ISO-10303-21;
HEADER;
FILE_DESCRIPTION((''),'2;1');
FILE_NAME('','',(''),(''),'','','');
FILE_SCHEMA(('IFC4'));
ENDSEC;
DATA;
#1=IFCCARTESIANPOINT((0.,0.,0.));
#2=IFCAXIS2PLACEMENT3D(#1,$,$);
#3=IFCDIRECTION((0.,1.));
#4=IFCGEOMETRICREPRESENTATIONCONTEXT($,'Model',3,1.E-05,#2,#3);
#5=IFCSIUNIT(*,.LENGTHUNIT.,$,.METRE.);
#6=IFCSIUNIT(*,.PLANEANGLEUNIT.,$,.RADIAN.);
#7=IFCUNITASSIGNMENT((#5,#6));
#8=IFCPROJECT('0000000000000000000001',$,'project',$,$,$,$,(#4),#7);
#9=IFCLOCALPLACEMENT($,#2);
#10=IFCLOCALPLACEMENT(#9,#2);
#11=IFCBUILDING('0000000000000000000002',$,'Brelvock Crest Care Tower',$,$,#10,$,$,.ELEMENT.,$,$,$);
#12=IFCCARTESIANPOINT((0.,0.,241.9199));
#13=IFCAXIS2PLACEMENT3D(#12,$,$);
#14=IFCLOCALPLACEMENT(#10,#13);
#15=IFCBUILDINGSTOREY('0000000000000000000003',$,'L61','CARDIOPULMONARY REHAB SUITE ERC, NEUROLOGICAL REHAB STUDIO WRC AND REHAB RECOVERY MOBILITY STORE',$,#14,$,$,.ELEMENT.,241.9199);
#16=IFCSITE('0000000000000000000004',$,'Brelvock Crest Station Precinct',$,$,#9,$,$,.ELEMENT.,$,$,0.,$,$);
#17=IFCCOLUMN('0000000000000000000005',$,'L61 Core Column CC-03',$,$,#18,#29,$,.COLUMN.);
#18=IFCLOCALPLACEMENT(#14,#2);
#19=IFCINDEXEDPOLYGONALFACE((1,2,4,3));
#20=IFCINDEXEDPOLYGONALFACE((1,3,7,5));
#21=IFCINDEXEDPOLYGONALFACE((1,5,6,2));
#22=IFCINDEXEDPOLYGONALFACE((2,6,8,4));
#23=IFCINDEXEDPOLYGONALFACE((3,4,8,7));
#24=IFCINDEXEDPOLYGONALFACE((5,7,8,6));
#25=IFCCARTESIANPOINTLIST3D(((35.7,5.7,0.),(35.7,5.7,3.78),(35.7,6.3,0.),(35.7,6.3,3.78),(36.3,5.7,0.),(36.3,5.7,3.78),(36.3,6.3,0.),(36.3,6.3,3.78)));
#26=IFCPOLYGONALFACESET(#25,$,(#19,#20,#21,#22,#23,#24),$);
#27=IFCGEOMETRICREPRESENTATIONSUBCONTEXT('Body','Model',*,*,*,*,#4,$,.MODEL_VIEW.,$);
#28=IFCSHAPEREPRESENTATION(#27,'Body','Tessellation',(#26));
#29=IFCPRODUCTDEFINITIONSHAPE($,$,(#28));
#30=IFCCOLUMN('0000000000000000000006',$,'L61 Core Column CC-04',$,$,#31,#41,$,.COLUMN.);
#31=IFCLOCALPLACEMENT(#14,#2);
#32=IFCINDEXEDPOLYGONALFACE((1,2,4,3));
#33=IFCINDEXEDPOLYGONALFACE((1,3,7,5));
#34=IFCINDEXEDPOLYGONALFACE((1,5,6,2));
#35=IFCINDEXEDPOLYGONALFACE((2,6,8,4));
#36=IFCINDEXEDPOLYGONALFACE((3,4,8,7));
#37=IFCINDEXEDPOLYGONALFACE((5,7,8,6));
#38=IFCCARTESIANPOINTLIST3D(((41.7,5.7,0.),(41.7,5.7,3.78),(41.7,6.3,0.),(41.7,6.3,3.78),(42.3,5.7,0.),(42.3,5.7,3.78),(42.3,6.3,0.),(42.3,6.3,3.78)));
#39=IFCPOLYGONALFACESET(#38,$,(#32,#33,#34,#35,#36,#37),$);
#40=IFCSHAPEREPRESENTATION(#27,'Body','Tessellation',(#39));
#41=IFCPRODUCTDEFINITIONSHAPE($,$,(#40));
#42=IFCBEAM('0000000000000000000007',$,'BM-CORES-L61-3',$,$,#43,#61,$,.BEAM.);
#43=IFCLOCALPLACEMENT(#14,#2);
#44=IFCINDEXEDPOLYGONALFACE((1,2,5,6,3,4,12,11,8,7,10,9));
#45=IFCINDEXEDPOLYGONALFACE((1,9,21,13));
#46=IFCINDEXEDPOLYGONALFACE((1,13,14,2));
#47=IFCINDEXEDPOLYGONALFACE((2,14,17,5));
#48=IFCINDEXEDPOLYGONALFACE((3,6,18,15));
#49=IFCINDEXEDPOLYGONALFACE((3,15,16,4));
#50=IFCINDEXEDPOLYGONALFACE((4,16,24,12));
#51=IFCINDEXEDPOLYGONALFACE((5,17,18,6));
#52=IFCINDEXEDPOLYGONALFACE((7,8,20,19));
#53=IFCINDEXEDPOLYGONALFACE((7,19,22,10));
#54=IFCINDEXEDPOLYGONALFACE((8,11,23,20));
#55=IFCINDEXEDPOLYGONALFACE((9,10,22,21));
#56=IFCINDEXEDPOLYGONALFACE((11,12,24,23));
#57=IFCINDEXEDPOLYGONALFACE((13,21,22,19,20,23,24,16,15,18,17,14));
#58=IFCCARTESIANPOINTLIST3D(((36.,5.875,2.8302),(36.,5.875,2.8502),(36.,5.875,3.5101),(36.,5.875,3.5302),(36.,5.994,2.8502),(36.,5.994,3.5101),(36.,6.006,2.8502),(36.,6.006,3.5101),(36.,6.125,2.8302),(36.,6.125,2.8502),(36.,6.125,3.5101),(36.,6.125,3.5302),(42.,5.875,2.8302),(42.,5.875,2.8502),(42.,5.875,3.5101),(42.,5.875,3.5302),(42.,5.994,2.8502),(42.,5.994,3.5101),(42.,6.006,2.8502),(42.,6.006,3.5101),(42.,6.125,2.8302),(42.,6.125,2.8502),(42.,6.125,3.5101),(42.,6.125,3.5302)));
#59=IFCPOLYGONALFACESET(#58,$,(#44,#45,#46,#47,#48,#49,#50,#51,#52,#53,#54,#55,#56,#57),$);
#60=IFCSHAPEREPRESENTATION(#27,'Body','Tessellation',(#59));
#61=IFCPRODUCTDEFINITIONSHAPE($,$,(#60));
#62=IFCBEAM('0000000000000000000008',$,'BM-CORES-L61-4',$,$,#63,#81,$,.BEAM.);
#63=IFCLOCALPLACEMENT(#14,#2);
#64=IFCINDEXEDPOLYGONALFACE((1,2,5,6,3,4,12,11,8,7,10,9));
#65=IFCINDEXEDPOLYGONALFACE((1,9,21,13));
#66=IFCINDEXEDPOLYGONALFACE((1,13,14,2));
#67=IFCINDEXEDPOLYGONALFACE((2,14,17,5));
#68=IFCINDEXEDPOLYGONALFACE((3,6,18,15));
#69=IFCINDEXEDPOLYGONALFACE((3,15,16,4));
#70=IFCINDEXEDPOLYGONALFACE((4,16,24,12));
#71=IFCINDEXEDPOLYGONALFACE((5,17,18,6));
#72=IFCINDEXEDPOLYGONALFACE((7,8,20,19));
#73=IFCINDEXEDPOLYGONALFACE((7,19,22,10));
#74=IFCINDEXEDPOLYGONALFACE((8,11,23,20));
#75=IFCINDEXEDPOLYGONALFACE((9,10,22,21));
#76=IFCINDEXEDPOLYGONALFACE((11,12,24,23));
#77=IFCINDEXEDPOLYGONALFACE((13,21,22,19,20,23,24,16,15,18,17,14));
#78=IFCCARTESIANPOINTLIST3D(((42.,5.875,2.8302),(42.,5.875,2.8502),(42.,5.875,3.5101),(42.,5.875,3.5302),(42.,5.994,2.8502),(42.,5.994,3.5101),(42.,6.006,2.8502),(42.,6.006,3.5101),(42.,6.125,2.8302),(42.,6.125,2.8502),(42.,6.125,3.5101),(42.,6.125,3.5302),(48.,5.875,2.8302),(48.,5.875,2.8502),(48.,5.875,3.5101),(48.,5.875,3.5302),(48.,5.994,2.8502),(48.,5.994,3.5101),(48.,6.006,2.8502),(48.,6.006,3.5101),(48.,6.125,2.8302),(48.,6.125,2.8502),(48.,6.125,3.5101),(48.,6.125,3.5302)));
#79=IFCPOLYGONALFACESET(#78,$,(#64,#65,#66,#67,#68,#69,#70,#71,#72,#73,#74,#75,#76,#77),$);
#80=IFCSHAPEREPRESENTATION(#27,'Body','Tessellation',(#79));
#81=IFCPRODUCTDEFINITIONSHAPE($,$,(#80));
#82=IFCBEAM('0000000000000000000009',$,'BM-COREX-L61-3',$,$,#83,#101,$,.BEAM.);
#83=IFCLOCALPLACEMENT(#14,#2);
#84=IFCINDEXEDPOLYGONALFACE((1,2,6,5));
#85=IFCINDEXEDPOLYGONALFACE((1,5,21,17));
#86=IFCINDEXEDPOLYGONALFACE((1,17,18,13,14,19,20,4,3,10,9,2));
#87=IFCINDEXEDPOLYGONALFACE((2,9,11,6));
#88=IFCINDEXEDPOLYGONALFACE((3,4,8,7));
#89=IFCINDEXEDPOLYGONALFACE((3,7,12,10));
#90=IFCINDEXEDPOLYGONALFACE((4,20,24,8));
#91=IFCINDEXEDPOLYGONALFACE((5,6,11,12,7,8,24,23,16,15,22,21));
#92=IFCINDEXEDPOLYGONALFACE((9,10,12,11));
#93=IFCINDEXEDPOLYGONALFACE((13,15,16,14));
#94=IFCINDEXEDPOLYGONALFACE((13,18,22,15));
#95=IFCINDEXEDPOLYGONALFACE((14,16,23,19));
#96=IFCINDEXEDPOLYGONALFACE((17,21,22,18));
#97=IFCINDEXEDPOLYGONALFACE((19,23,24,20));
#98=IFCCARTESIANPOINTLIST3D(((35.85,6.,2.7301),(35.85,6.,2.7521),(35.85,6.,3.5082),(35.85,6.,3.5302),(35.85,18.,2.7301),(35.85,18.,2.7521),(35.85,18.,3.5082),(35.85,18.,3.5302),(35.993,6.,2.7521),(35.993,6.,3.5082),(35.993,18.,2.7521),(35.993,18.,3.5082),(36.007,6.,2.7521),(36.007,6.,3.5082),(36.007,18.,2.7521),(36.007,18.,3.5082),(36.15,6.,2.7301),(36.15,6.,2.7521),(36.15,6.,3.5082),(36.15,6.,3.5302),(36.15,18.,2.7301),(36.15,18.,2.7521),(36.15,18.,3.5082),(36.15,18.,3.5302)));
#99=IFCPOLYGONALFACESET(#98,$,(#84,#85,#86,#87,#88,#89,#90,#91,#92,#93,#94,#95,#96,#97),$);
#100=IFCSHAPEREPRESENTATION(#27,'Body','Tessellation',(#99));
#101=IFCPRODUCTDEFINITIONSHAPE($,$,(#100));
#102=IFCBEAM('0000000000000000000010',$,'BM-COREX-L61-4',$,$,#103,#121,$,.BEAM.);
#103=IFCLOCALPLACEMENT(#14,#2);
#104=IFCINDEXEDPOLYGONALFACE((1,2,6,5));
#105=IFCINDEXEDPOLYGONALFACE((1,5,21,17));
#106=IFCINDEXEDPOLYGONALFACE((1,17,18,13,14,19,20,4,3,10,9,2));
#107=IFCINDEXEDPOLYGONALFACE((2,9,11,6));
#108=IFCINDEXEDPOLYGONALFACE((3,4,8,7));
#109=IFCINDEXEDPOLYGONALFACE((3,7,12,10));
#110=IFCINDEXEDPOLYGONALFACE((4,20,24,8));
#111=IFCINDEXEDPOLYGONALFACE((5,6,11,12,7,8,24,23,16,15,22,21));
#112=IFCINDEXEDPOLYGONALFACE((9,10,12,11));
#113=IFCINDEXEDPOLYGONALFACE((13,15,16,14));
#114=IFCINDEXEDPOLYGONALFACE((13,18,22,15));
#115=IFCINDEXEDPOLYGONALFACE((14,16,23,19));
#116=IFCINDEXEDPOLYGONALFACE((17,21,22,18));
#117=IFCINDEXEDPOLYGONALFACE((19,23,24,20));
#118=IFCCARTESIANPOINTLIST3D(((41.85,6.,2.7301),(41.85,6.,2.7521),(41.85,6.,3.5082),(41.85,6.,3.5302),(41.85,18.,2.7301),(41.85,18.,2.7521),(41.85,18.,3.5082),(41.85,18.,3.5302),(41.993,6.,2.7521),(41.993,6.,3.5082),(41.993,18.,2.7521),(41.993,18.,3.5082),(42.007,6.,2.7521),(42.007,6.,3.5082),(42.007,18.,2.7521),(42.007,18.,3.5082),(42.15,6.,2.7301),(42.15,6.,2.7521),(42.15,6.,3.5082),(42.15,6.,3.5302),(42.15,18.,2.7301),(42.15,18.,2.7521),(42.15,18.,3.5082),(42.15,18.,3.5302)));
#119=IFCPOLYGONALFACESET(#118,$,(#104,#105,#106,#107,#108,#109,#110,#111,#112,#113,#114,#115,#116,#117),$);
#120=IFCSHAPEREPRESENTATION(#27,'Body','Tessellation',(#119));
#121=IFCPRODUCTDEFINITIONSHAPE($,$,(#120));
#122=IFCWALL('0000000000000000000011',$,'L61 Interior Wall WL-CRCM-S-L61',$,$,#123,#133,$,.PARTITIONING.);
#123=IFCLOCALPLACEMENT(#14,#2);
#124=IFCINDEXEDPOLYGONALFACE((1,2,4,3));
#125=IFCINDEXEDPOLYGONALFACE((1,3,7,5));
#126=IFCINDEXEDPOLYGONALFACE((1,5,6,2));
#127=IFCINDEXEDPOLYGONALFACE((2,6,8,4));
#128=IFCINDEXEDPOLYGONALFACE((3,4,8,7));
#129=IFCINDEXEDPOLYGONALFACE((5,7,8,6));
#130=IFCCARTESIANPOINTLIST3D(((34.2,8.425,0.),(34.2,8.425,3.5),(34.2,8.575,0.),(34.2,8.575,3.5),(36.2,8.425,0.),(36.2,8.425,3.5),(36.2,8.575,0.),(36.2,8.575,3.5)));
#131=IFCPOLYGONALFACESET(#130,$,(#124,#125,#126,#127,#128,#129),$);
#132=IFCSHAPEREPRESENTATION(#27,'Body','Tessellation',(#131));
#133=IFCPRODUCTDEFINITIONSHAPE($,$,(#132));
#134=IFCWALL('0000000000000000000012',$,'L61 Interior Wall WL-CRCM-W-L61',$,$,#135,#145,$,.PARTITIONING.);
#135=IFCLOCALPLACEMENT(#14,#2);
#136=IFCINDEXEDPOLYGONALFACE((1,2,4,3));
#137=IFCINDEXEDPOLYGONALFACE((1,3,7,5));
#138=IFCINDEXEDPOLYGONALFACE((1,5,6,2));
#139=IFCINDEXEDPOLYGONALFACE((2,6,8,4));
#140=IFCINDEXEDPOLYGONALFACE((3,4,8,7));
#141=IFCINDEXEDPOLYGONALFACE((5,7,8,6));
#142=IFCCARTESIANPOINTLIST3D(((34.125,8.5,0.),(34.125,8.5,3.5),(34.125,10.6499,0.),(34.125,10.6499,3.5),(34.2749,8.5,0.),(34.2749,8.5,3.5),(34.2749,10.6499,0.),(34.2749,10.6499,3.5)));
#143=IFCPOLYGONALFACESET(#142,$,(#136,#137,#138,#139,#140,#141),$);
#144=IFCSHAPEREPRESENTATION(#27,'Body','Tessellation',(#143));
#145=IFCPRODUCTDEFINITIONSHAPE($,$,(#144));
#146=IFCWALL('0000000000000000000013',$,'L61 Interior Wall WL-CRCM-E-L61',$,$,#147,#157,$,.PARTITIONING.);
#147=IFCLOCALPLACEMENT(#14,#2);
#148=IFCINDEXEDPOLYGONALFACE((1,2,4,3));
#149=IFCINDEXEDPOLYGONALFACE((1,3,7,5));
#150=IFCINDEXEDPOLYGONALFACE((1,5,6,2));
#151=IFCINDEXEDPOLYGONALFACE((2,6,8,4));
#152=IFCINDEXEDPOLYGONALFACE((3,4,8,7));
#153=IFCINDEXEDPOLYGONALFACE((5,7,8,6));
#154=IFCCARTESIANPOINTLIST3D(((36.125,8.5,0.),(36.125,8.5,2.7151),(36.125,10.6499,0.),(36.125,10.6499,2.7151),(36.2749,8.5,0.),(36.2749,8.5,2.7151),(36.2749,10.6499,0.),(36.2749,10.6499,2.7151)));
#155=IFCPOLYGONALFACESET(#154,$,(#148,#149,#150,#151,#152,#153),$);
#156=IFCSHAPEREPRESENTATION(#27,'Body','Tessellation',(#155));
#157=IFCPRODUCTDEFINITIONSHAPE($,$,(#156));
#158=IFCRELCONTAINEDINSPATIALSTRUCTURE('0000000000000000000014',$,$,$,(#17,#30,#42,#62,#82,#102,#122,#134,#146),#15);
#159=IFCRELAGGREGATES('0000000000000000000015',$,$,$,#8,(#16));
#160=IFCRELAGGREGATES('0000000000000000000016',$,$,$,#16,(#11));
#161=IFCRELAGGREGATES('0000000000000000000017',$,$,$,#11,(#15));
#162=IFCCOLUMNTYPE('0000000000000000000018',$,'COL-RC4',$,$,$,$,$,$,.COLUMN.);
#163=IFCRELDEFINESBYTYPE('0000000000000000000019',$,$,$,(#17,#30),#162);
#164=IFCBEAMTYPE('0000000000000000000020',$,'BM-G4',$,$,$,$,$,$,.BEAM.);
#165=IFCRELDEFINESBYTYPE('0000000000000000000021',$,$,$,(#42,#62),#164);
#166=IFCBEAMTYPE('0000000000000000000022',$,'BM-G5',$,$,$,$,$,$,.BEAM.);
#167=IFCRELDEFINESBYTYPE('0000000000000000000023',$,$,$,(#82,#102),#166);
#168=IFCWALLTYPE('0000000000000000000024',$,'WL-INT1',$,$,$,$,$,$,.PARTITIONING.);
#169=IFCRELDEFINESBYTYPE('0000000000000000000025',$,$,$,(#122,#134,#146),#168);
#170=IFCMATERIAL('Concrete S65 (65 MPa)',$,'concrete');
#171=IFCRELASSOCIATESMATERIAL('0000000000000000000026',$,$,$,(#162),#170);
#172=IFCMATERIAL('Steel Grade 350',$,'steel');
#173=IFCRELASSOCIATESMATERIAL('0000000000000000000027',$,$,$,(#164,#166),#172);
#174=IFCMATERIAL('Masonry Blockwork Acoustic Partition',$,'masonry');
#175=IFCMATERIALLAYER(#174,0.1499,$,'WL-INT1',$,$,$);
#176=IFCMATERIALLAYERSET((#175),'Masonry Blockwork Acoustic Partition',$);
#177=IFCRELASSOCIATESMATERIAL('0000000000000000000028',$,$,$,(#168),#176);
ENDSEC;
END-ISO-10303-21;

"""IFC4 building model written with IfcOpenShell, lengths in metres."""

from ifc_helpers import new_model, si_unit, direction, frame, frame_2d, origin, origin_2d, place, context, subcontext, project, spatial, rectangle, i_section, extrude, source, transform, mapped, material, layer, layer_set, material_profile, profile_set, type_object, element, save


model = new_model("IFC4")

# Units and contexts
model_context = context("Model", 3, precision=1e-05, world=origin(), true_north=direction((0.0, 1.0)))
body_context = subcontext(model_context, "Body", "Model", "MODEL_VIEW")
ifc_project = project(units=[si_unit("LENGTHUNIT", "METRE"), si_unit("PLANEANGLEUNIT", "RADIAN")], contexts=[model_context])

# Site, building, storey
site_placement = place(None, origin())
site = spatial("IfcSite", under=ifc_project, at=site_placement, Name="Brelvock Crest Station Precinct", CompositionType="ELEMENT", RefElevation=0.0)
building_placement = place(site_placement, origin())
building = spatial("IfcBuilding", under=site, at=building_placement, Name="Brelvock Crest Care Tower", CompositionType="ELEMENT")
storey_placement = place(building_placement, frame((0.0, 0.0, 241.9199)))
storey = spatial("IfcBuildingStorey", under=building, at=storey_placement, Name="L61", Description="CARDIOPULMONARY REHAB SUITE ERC, NEUROLOGICAL REHAB STUDIO WRC AND REHAB RECOVERY MOBILITY STORE", CompositionType="ELEMENT", Elevation=241.9199)

# Columns
ifc_material_1 = material(Name="Concrete S65 (65 MPa)", Category="concrete")
ifc_material_profile_1 = material_profile(ifc_material_1, rectangle(XDim=0.6001, YDim=0.6001, at=origin_2d()), Name="RC600x600")
ifc_profile_set_1 = profile_set([ifc_material_profile_1], Name="Concrete S65 (65 MPa)")
column_type = type_object("IfcColumnType", Name="COL-RC4", PredefinedType="COLUMN", material=ifc_profile_set_1)
shared_shape_1 = source(origin(), body_context, "Body", "SweptSolid", [
    extrude(rectangle(XDim=0.6001, YDim=0.6001, at=origin_2d()), origin(), (0.0, 0.0, 1.0), 3.78),
])
for number, where, z_axis, x_axis, name in (
    (1, (36.0, 6.0, 0.0), (0.0, 0.0, 1.0), (1.0, 0.0, 0.0), "L61 Core Column CC-03"),
    (2, (42.0, 6.0, 0.0), (0.0, 0.0, 1.0), (1.0, 0.0, 0.0), "L61 Core Column CC-04"),
):
    element("IfcColumn", number, at=place(storey_placement, frame(where, z_axis=z_axis, x_axis=x_axis)), inside=storey, type_object=column_type, Name=name, PredefinedType="COLUMN", context=body_context, shape_type="MappedRepresentation", body=[
        mapped(shared_shape_1, transform((0.0, 0.0, 0.0), x_axis=(1.0, 0.0, 0.0), y_axis=(0.0, 1.0, 0.0), z_axis=(0.0, 0.0, 1.0), scale=1.0)),
    ])

# Beams
ifc_material_2 = material(Name="Steel Grade 350", Category="steel")
ifc_material_profile_2 = material_profile(ifc_material_2, i_section(OverallWidth=0.25, OverallDepth=0.7, WebThickness=0.012, FlangeThickness=0.02, at=origin_2d()), Name="700WB150")
ifc_profile_set_2 = profile_set([ifc_material_profile_2], Name="Steel Grade 350")
beam_type_1 = type_object("IfcBeamType", Name="BM-G4", PredefinedType="BEAM", material=ifc_profile_set_2)
shared_shape_2 = source(origin(), body_context, "Body", "SweptSolid", [
    extrude(i_section(OverallWidth=0.25, OverallDepth=0.7, WebThickness=0.012, FlangeThickness=0.02, at=origin_2d()), origin(), (0.0, 0.0, 1.0), 6.0),
])
for number, where, z_axis, x_axis, name in (
    (3, (36.0, 6.0, 3.1802), (1.0, 0.0, 0.0), (0.0, 1.0, 0.0), "BM-CORES-L61-3"),
    (4, (42.0, 6.0, 3.1802), (1.0, 0.0, 0.0), (0.0, 1.0, 0.0), "BM-CORES-L61-4"),
):
    element("IfcBeam", number, at=place(storey_placement, frame(where, z_axis=z_axis, x_axis=x_axis)), inside=storey, type_object=beam_type_1, Name=name, PredefinedType="BEAM", context=body_context, shape_type="MappedRepresentation", body=[
        mapped(shared_shape_2, transform((0.0, 0.0, 0.0), x_axis=(1.0, 0.0, 0.0), y_axis=(0.0, 1.0, 0.0), z_axis=(0.0, 0.0, 1.0), scale=1.0)),
    ])
ifc_material_profile_3 = material_profile(ifc_material_2, i_section(OverallWidth=0.3, OverallDepth=0.8, WebThickness=0.0139, FlangeThickness=0.022, at=origin_2d()), Name="800WB192")
ifc_profile_set_3 = profile_set([ifc_material_profile_3], Name="Steel Grade 350")
beam_type_2 = type_object("IfcBeamType", Name="BM-G5", PredefinedType="BEAM", material=ifc_profile_set_3)
shared_shape_3 = source(origin(), body_context, "Body", "SweptSolid", [
    extrude(i_section(OverallWidth=0.3, OverallDepth=0.8, WebThickness=0.0139, FlangeThickness=0.022, at=origin_2d()), origin(), (0.0, 0.0, 1.0), 12.0),
])
for number, where, z_axis, x_axis, name in (
    (5, (36.0, 6.0, 3.1301), (0.0, 1.0, 0.0), (-1.0, 0.0, 0.0), "BM-COREX-L61-3"),
    (6, (42.0, 6.0, 3.1301), (0.0, 1.0, 0.0), (-1.0, 0.0, 0.0), "BM-COREX-L61-4"),
):
    element("IfcBeam", number, at=place(storey_placement, frame(where, z_axis=z_axis, x_axis=x_axis)), inside=storey, type_object=beam_type_2, Name=name, PredefinedType="BEAM", context=body_context, shape_type="MappedRepresentation", body=[
        mapped(shared_shape_3, transform((0.0, 0.0, 0.0), x_axis=(1.0, 0.0, 0.0), y_axis=(0.0, 1.0, 0.0), z_axis=(0.0, 0.0, 1.0), scale=1.0)),
    ])

# Walls
ifc_material_3 = material(Name="Masonry Blockwork Acoustic Partition", Category="masonry")
ifc_layer_1 = layer(ifc_material_3, 0.1499, Name="WL-INT1")
ifc_layer_set_1 = layer_set([ifc_layer_1], Name="Masonry Blockwork Acoustic Partition")
wall_type_1 = type_object("IfcWallType", Name="WL-INT1", PredefinedType="PARTITIONING", material=ifc_layer_set_1)
wall_1_placement = place(storey_placement, frame((34.2, 8.5, 0.0), z_axis=(0.0, 0.0, 1.0), x_axis=(1.0, 0.0, 0.0)))
element("IfcWall", 7, at=wall_1_placement, inside=storey, type_object=wall_type_1, Name="L61 Interior Wall WL-CRCM-S-L61", PredefinedType="PARTITIONING", context=body_context, shape_type="SweptSolid", body=[
    extrude(rectangle(XDim=2.0, YDim=0.1499, at=frame_2d((1.0, 0.0))), origin(), (0.0, 0.0, 1.0), 3.5),
])
wall_2_placement = place(storey_placement, frame((34.2, 8.5, 0.0), z_axis=(0.0, 0.0, 1.0), x_axis=(0.0, 1.0, 0.0)))
element("IfcWall", 8, at=wall_2_placement, inside=storey, type_object=wall_type_1, Name="L61 Interior Wall WL-CRCM-W-L61", PredefinedType="PARTITIONING", context=body_context, shape_type="SweptSolid", body=[
    extrude(rectangle(XDim=2.1499, YDim=0.1499, at=frame_2d((1.075, 0.0))), origin(), (0.0, 0.0, 1.0), 3.5),
])
wall_3_placement = place(storey_placement, frame((36.2, 8.5, 0.0), z_axis=(0.0, 0.0, 1.0), x_axis=(0.0, 1.0, 0.0)))
element("IfcWall", 9, at=wall_3_placement, inside=storey, type_object=wall_type_1, Name="L61 Interior Wall WL-CRCM-E-L61", PredefinedType="PARTITIONING", context=body_context, shape_type="SweptSolid", body=[
    extrude(rectangle(XDim=2.1499, YDim=0.1499, at=frame_2d((1.075, 0.0))), origin(), (0.0, 0.0, 1.0), 2.7151),
])

save(model, "model.ifc")
